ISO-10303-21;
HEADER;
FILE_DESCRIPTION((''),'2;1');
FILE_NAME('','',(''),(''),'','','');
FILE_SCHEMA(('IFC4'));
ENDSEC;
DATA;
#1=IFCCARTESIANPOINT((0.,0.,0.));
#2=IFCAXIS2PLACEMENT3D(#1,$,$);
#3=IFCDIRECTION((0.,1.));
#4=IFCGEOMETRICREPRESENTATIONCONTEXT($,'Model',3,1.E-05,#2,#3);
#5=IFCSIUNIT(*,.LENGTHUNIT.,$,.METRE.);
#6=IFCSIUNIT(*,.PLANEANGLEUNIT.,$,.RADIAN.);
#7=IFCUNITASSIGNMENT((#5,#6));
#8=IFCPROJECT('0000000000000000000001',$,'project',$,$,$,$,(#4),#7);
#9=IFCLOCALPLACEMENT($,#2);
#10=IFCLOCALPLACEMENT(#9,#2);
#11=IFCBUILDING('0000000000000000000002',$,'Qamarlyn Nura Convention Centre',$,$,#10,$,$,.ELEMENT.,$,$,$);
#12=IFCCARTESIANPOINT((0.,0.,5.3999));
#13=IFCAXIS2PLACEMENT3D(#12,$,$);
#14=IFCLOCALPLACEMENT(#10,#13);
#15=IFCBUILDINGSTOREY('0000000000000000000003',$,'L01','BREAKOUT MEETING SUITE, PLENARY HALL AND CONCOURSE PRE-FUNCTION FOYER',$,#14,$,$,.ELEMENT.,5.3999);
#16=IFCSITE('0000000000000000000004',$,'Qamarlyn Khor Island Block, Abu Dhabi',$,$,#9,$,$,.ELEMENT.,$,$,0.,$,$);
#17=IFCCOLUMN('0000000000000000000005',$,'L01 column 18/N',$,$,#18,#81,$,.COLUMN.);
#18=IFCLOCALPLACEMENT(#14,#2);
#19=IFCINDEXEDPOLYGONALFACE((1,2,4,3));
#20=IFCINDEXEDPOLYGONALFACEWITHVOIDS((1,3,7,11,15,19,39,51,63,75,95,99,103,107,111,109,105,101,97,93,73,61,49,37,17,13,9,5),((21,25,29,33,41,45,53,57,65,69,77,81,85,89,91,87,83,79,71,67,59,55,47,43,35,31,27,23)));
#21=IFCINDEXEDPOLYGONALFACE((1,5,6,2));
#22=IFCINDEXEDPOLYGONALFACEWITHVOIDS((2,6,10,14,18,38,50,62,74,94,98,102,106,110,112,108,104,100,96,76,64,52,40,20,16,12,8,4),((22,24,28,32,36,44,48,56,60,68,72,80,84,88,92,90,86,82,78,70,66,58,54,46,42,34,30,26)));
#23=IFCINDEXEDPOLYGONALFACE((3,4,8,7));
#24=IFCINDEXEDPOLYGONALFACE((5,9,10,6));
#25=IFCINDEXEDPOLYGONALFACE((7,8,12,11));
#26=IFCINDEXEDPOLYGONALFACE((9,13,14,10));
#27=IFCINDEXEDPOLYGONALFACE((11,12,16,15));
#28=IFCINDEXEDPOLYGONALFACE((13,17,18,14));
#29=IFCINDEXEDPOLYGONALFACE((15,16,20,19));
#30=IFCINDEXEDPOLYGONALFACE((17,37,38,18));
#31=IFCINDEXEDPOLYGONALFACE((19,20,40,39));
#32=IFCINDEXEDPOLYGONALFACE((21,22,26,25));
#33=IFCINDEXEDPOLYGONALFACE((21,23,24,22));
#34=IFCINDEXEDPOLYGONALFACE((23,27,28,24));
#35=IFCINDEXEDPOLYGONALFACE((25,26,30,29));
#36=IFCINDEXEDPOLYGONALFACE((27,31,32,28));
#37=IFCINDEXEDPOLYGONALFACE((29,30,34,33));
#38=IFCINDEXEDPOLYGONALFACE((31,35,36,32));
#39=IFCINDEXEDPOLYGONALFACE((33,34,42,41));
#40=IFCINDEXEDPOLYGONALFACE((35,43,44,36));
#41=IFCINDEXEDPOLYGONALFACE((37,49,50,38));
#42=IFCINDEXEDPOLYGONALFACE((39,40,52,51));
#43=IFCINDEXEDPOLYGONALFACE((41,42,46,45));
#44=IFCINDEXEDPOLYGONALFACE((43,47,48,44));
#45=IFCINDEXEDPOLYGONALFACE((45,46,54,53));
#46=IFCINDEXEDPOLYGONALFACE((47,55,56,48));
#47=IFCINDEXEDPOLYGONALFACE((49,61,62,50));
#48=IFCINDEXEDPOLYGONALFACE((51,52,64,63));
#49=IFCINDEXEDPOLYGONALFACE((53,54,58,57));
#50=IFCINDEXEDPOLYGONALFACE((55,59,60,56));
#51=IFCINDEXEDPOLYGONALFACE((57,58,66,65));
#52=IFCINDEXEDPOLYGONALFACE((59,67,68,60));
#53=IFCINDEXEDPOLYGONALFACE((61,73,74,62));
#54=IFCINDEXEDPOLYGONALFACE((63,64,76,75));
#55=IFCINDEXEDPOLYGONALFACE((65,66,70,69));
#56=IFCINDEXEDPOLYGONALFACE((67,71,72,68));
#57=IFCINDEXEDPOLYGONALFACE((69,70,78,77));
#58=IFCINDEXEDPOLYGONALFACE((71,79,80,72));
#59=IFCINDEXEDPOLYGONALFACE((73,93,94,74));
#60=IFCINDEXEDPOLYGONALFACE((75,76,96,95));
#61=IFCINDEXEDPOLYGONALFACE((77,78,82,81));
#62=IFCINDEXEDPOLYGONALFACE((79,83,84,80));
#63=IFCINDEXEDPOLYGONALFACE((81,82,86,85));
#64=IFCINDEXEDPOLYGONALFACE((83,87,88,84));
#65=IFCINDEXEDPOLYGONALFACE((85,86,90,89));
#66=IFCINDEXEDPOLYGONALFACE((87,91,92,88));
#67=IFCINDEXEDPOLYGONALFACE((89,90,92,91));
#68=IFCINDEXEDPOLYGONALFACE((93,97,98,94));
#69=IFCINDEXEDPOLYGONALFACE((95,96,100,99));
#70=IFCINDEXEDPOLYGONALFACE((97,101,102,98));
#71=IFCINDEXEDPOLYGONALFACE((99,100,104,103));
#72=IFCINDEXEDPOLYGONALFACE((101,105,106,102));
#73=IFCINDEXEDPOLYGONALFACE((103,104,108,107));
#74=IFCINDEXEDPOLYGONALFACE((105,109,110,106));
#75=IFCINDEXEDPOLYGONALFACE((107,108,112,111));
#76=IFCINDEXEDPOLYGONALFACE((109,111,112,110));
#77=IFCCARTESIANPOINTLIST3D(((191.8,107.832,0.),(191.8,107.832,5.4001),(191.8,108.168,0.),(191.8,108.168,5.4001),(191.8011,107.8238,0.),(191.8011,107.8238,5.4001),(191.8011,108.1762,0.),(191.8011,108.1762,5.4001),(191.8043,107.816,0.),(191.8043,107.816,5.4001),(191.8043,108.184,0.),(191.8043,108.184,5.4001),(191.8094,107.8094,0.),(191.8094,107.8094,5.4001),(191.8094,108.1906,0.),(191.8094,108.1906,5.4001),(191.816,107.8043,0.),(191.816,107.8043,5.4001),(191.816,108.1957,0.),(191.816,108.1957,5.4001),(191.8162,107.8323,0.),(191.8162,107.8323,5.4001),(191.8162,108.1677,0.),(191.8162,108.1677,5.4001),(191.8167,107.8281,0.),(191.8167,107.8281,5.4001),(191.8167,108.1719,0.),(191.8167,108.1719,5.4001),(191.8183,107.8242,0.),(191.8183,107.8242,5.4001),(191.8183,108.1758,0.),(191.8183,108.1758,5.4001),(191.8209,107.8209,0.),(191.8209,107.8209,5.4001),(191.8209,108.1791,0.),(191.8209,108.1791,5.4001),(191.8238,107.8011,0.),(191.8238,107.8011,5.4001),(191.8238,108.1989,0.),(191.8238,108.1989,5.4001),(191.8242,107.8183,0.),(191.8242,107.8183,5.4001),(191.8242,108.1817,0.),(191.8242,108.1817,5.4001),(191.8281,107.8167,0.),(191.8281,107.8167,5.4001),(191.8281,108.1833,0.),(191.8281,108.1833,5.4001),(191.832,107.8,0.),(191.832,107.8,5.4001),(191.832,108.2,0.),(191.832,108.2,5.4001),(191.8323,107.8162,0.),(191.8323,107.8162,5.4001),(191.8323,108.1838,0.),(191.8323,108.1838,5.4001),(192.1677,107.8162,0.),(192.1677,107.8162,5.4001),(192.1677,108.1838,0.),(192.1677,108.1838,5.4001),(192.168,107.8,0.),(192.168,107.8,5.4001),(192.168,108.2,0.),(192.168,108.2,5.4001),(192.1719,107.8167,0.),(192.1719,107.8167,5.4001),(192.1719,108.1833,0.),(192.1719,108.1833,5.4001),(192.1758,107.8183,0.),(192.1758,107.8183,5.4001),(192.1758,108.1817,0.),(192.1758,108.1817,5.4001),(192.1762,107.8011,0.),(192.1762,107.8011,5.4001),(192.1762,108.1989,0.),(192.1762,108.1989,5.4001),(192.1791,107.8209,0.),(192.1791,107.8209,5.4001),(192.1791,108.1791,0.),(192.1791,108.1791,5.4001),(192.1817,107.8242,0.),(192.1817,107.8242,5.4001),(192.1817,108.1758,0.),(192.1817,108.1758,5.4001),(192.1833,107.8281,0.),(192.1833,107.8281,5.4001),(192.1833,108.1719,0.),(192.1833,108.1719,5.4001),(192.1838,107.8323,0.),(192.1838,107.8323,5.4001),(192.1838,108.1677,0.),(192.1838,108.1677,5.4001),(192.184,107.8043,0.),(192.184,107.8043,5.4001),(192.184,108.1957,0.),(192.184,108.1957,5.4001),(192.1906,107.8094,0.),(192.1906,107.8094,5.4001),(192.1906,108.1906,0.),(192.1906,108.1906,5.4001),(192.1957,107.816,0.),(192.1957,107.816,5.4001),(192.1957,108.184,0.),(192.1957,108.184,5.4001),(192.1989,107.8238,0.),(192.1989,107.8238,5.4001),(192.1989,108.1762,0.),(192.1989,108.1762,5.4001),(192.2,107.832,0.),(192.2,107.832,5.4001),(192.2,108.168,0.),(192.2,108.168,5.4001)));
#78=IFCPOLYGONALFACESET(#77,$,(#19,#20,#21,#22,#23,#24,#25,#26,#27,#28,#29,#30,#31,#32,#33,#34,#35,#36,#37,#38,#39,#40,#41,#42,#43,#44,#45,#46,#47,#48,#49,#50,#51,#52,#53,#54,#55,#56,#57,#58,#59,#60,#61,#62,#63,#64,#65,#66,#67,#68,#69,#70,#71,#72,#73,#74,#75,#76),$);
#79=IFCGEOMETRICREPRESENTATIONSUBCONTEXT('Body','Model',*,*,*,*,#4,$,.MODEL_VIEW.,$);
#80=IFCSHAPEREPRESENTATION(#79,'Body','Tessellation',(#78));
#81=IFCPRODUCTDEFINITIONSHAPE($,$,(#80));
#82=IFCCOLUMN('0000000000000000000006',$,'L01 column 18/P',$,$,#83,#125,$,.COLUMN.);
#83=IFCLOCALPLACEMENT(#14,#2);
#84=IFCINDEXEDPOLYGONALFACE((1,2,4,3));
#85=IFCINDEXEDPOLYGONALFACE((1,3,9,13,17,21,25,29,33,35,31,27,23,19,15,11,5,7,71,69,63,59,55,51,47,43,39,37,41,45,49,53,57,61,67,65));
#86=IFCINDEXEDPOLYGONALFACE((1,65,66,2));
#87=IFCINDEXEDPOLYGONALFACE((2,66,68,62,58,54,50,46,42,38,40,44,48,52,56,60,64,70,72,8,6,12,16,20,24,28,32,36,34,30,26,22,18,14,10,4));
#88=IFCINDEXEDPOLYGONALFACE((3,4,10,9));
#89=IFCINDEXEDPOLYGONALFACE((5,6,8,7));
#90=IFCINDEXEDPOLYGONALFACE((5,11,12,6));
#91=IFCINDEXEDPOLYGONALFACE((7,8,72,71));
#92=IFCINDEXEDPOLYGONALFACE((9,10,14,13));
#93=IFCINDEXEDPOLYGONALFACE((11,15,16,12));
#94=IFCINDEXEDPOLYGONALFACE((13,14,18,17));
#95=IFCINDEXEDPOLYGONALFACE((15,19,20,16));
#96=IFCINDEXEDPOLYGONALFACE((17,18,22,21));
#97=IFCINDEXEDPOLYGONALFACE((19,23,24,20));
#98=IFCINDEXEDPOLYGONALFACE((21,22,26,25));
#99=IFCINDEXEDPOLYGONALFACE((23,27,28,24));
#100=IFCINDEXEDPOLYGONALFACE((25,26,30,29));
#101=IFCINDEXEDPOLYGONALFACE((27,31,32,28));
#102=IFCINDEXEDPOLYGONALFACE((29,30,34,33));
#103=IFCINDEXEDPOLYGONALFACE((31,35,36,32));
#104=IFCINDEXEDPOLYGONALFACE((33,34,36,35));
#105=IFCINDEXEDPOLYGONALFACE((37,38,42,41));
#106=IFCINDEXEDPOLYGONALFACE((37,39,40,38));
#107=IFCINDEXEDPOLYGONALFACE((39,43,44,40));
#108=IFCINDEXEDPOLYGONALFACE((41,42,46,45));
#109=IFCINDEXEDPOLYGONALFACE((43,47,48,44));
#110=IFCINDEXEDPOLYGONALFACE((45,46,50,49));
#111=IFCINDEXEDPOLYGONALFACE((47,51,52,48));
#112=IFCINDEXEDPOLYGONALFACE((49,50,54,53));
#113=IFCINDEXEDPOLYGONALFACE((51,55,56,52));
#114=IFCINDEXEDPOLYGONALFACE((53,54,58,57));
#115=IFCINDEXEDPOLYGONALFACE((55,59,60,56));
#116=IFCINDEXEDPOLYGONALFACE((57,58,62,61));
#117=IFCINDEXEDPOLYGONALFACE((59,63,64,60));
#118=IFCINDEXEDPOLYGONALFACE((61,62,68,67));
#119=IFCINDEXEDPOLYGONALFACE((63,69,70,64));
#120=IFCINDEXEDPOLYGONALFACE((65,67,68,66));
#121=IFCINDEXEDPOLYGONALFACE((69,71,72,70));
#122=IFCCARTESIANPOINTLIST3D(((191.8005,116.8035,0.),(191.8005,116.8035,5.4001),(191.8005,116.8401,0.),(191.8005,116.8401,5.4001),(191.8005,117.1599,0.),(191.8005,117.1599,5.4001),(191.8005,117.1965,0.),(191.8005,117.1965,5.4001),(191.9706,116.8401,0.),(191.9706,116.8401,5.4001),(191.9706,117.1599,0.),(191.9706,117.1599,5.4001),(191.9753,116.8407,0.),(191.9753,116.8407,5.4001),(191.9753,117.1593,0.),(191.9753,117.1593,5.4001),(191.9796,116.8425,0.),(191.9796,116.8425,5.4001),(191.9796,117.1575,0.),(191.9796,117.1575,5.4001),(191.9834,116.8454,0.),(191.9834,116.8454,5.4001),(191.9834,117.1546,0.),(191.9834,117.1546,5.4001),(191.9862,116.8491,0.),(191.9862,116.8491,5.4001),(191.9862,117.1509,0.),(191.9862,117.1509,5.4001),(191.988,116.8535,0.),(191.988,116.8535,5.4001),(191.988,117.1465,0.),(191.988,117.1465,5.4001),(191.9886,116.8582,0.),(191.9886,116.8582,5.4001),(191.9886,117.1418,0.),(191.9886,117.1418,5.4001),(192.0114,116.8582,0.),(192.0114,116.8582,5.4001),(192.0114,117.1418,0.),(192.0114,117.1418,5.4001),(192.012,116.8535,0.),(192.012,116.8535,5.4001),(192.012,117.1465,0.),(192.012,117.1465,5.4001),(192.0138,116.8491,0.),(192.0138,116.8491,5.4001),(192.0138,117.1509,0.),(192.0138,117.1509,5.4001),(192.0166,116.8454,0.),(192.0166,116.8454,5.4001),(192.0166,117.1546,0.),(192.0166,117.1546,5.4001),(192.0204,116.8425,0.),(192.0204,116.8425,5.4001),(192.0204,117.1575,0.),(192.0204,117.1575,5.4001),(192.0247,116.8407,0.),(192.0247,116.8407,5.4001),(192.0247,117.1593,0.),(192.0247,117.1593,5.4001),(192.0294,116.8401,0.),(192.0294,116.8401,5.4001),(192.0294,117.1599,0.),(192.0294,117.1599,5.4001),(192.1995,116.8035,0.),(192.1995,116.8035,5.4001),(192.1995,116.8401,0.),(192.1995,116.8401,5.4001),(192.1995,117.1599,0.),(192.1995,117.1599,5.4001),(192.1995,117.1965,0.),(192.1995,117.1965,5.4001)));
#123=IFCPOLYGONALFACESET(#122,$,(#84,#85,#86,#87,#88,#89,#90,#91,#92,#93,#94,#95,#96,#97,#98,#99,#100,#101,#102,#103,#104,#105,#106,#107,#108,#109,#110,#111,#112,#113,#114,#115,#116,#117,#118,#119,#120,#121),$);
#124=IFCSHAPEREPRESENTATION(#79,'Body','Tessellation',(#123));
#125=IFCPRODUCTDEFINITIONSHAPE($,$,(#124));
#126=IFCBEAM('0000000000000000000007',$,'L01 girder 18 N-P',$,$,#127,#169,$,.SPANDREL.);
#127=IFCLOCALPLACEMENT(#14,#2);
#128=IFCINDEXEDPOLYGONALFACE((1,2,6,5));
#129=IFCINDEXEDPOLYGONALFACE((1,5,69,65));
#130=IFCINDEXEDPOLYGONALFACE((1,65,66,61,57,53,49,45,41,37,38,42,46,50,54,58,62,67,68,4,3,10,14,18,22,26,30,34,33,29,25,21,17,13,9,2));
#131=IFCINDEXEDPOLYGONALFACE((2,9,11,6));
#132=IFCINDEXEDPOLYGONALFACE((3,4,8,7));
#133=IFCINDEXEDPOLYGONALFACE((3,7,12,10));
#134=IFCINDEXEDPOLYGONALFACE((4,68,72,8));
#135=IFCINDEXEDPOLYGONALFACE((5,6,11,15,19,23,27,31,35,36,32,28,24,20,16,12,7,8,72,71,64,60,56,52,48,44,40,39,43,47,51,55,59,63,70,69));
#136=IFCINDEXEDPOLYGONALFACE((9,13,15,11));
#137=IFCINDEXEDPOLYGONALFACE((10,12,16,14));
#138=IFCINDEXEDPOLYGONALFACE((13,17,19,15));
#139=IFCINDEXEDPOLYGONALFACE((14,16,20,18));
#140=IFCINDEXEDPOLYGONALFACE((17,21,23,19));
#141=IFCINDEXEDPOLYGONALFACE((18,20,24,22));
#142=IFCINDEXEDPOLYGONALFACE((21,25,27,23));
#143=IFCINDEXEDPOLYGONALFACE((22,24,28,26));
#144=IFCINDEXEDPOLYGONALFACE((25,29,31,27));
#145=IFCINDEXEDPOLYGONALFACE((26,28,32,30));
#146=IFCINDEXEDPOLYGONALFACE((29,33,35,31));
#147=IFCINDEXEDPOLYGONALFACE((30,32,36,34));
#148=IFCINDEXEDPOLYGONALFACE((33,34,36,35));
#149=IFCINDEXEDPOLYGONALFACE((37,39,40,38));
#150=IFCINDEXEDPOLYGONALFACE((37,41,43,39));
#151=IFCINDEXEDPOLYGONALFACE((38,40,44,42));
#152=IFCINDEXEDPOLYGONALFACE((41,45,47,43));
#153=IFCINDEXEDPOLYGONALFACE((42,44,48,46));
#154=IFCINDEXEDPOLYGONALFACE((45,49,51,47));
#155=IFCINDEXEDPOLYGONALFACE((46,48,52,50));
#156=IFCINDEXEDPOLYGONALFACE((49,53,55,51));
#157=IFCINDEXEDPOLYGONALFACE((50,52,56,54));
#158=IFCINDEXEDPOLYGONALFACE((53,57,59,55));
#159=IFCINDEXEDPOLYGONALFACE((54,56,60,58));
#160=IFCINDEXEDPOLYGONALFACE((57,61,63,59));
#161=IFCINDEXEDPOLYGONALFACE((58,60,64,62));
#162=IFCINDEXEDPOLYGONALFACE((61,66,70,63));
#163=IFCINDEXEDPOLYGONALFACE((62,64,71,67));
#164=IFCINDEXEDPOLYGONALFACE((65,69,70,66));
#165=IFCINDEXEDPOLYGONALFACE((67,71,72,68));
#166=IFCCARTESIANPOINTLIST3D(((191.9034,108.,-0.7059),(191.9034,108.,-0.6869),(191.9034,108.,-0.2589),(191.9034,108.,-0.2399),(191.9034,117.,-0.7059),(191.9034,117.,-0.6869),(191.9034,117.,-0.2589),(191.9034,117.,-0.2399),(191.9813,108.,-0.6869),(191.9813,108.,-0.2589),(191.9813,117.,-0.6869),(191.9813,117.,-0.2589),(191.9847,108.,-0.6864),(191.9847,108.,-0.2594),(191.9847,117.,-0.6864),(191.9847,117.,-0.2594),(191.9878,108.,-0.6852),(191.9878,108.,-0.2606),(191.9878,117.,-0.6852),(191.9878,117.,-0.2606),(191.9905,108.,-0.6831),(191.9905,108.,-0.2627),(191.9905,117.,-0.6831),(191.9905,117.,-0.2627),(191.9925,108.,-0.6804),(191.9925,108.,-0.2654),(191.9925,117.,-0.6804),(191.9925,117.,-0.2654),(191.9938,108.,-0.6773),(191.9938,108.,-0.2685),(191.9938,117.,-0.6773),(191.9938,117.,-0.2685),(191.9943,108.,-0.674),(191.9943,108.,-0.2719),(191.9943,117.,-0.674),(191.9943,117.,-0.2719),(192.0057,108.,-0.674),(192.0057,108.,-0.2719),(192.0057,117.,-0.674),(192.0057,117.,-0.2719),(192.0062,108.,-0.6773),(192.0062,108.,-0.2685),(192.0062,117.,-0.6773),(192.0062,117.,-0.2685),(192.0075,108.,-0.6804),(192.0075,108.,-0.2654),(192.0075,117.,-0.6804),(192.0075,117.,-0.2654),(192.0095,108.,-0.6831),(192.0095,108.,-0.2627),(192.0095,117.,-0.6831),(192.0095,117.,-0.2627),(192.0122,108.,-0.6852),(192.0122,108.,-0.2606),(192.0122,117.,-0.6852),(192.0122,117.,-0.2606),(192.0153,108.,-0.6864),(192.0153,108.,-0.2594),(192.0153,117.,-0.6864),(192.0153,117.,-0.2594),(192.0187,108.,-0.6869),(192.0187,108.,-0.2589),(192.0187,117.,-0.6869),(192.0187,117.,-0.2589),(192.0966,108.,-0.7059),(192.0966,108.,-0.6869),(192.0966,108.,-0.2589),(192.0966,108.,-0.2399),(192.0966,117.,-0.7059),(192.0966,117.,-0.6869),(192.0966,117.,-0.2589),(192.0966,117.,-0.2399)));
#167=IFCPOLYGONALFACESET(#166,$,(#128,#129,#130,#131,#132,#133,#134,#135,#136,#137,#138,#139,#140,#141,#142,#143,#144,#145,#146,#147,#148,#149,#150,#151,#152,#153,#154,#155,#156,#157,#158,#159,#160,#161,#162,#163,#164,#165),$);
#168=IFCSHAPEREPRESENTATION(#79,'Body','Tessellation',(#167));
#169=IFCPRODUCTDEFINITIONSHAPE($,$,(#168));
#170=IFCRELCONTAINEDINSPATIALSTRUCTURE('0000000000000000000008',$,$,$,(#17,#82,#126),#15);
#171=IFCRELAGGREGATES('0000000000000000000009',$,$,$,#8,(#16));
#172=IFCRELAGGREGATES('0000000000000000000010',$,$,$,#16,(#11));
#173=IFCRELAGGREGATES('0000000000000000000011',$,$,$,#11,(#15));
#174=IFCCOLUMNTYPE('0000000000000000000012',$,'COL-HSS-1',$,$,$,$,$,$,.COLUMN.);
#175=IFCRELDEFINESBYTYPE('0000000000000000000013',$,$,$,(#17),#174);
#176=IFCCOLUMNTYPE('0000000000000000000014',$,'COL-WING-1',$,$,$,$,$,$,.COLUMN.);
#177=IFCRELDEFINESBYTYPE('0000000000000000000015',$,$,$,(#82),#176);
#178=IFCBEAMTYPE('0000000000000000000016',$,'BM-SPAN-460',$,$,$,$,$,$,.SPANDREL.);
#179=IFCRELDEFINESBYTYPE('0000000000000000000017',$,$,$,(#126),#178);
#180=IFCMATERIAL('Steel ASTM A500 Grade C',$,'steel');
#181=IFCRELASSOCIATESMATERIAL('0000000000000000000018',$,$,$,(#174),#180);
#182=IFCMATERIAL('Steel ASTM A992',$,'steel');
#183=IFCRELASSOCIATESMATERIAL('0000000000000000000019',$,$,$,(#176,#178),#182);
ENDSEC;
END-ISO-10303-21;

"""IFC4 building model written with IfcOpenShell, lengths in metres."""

from ifc_helpers import new_model, si_unit, direction, frame, origin, origin_2d, place, context, subcontext, project, spatial, hollow_rectangle, i_section, extrude, material, material_profile, profile_set, type_object, element, save


model = new_model("IFC4")

# Units and contexts
model_context = context("Model", 3, precision=1e-05, world=origin(), true_north=direction((0.0, 1.0)))
body_context = subcontext(model_context, "Body", "Model", "MODEL_VIEW")
ifc_project = project(units=[si_unit("LENGTHUNIT", "METRE"), si_unit("PLANEANGLEUNIT", "RADIAN")], contexts=[model_context])

# Site, building, storey
site_placement = place(None, origin())
site = spatial("IfcSite", under=ifc_project, at=site_placement, Name="Qamarlyn Khor Island Block, Abu Dhabi", CompositionType="ELEMENT", RefElevation=0.0)
building_placement = place(site_placement, origin())
building = spatial("IfcBuilding", under=site, at=building_placement, Name="Qamarlyn Nura Convention Centre", CompositionType="ELEMENT")
storey_placement = place(building_placement, frame((0.0, 0.0, 5.3999)))
storey = spatial("IfcBuildingStorey", under=building, at=storey_placement, Name="L01", Description="BREAKOUT MEETING SUITE, PLENARY HALL AND CONCOURSE PRE-FUNCTION FOYER", CompositionType="ELEMENT", Elevation=5.3999)

# Columns
ifc_material_1 = material(Name="Steel ASTM A500 Grade C", Category="steel")
ifc_material_profile_1 = material_profile(ifc_material_1, hollow_rectangle(XDim=0.3999, YDim=0.3999, WallThickness=0.0161, InnerFilletRadius=0.0161, OuterFilletRadius=0.032, at=origin_2d()), Name="HSS400X400X16")
ifc_profile_set_1 = profile_set([ifc_material_profile_1], Name="Steel ASTM A500 Grade C")
column_type_1 = type_object("IfcColumnType", Name="COL-HSS-1", PredefinedType="COLUMN", material=ifc_profile_set_1)
column_1_placement = place(storey_placement, frame((192.0, 108.0, 0.0), z_axis=(0.0, 0.0, 1.0), x_axis=(1.0, 0.0, 0.0)))
element("IfcColumn", 1, at=column_1_placement, inside=storey, type_object=column_type_1, Name="L01 column 18/N", PredefinedType="COLUMN", context=body_context, shape_type="SweptSolid", body=[
    extrude(hollow_rectangle(XDim=0.3999, YDim=0.3999, WallThickness=0.0161, InnerFilletRadius=0.0161, OuterFilletRadius=0.032, at=origin_2d()), origin(), (0.0, 0.0, 1.0), 5.4001),
])
ifc_material_2 = material(Name="Steel ASTM A992", Category="steel")
ifc_material_profile_2 = material_profile(ifc_material_2, i_section(OverallWidth=0.3989, OverallDepth=0.3931, WebThickness=0.0227, FlangeThickness=0.0366, FilletRadius=0.0181, at=origin_2d()), Name="W360X287")
ifc_profile_set_2 = profile_set([ifc_material_profile_2], Name="Steel ASTM A992")
column_type_2 = type_object("IfcColumnType", Name="COL-WING-1", PredefinedType="COLUMN", material=ifc_profile_set_2)
column_2_placement = place(storey_placement, frame((192.0, 117.0, 0.0), z_axis=(0.0, 0.0, 1.0), x_axis=(1.0, 0.0, 0.0)))
element("IfcColumn", 2, at=column_2_placement, inside=storey, type_object=column_type_2, Name="L01 column 18/P", PredefinedType="COLUMN", context=body_context, shape_type="SweptSolid", body=[
    extrude(i_section(OverallWidth=0.3989, OverallDepth=0.3931, WebThickness=0.0227, FlangeThickness=0.0366, FilletRadius=0.0181, at=origin_2d()), origin(), (0.0, 0.0, 1.0), 5.4001),
])

# Beam
ifc_material_profile_3 = material_profile(ifc_material_2, i_section(OverallWidth=0.1931, OverallDepth=0.4661, WebThickness=0.0115, FlangeThickness=0.019, FilletRadius=0.0129, at=origin_2d()), Name="W460X97")
ifc_profile_set_3 = profile_set([ifc_material_profile_3], Name="Steel ASTM A992")
beam_type_1 = type_object("IfcBeamType", Name="BM-SPAN-460", PredefinedType="SPANDREL", material=ifc_profile_set_3)
beam_1_placement = place(storey_placement, frame((192.0, 108.0, -0.4729), z_axis=(0.0, 1.0, 0.0), x_axis=(-1.0, 0.0, 0.0)))
element("IfcBeam", 3, at=beam_1_placement, inside=storey, type_object=beam_type_1, Name="L01 girder 18 N-P", PredefinedType="SPANDREL", context=body_context, shape_type="SweptSolid", body=[
    extrude(i_section(OverallWidth=0.1931, OverallDepth=0.4661, WebThickness=0.0115, FlangeThickness=0.019, FilletRadius=0.0129, at=origin_2d()), origin(), (0.0, 0.0, 1.0), 9.0),
])

save(model, "model.ifc")
